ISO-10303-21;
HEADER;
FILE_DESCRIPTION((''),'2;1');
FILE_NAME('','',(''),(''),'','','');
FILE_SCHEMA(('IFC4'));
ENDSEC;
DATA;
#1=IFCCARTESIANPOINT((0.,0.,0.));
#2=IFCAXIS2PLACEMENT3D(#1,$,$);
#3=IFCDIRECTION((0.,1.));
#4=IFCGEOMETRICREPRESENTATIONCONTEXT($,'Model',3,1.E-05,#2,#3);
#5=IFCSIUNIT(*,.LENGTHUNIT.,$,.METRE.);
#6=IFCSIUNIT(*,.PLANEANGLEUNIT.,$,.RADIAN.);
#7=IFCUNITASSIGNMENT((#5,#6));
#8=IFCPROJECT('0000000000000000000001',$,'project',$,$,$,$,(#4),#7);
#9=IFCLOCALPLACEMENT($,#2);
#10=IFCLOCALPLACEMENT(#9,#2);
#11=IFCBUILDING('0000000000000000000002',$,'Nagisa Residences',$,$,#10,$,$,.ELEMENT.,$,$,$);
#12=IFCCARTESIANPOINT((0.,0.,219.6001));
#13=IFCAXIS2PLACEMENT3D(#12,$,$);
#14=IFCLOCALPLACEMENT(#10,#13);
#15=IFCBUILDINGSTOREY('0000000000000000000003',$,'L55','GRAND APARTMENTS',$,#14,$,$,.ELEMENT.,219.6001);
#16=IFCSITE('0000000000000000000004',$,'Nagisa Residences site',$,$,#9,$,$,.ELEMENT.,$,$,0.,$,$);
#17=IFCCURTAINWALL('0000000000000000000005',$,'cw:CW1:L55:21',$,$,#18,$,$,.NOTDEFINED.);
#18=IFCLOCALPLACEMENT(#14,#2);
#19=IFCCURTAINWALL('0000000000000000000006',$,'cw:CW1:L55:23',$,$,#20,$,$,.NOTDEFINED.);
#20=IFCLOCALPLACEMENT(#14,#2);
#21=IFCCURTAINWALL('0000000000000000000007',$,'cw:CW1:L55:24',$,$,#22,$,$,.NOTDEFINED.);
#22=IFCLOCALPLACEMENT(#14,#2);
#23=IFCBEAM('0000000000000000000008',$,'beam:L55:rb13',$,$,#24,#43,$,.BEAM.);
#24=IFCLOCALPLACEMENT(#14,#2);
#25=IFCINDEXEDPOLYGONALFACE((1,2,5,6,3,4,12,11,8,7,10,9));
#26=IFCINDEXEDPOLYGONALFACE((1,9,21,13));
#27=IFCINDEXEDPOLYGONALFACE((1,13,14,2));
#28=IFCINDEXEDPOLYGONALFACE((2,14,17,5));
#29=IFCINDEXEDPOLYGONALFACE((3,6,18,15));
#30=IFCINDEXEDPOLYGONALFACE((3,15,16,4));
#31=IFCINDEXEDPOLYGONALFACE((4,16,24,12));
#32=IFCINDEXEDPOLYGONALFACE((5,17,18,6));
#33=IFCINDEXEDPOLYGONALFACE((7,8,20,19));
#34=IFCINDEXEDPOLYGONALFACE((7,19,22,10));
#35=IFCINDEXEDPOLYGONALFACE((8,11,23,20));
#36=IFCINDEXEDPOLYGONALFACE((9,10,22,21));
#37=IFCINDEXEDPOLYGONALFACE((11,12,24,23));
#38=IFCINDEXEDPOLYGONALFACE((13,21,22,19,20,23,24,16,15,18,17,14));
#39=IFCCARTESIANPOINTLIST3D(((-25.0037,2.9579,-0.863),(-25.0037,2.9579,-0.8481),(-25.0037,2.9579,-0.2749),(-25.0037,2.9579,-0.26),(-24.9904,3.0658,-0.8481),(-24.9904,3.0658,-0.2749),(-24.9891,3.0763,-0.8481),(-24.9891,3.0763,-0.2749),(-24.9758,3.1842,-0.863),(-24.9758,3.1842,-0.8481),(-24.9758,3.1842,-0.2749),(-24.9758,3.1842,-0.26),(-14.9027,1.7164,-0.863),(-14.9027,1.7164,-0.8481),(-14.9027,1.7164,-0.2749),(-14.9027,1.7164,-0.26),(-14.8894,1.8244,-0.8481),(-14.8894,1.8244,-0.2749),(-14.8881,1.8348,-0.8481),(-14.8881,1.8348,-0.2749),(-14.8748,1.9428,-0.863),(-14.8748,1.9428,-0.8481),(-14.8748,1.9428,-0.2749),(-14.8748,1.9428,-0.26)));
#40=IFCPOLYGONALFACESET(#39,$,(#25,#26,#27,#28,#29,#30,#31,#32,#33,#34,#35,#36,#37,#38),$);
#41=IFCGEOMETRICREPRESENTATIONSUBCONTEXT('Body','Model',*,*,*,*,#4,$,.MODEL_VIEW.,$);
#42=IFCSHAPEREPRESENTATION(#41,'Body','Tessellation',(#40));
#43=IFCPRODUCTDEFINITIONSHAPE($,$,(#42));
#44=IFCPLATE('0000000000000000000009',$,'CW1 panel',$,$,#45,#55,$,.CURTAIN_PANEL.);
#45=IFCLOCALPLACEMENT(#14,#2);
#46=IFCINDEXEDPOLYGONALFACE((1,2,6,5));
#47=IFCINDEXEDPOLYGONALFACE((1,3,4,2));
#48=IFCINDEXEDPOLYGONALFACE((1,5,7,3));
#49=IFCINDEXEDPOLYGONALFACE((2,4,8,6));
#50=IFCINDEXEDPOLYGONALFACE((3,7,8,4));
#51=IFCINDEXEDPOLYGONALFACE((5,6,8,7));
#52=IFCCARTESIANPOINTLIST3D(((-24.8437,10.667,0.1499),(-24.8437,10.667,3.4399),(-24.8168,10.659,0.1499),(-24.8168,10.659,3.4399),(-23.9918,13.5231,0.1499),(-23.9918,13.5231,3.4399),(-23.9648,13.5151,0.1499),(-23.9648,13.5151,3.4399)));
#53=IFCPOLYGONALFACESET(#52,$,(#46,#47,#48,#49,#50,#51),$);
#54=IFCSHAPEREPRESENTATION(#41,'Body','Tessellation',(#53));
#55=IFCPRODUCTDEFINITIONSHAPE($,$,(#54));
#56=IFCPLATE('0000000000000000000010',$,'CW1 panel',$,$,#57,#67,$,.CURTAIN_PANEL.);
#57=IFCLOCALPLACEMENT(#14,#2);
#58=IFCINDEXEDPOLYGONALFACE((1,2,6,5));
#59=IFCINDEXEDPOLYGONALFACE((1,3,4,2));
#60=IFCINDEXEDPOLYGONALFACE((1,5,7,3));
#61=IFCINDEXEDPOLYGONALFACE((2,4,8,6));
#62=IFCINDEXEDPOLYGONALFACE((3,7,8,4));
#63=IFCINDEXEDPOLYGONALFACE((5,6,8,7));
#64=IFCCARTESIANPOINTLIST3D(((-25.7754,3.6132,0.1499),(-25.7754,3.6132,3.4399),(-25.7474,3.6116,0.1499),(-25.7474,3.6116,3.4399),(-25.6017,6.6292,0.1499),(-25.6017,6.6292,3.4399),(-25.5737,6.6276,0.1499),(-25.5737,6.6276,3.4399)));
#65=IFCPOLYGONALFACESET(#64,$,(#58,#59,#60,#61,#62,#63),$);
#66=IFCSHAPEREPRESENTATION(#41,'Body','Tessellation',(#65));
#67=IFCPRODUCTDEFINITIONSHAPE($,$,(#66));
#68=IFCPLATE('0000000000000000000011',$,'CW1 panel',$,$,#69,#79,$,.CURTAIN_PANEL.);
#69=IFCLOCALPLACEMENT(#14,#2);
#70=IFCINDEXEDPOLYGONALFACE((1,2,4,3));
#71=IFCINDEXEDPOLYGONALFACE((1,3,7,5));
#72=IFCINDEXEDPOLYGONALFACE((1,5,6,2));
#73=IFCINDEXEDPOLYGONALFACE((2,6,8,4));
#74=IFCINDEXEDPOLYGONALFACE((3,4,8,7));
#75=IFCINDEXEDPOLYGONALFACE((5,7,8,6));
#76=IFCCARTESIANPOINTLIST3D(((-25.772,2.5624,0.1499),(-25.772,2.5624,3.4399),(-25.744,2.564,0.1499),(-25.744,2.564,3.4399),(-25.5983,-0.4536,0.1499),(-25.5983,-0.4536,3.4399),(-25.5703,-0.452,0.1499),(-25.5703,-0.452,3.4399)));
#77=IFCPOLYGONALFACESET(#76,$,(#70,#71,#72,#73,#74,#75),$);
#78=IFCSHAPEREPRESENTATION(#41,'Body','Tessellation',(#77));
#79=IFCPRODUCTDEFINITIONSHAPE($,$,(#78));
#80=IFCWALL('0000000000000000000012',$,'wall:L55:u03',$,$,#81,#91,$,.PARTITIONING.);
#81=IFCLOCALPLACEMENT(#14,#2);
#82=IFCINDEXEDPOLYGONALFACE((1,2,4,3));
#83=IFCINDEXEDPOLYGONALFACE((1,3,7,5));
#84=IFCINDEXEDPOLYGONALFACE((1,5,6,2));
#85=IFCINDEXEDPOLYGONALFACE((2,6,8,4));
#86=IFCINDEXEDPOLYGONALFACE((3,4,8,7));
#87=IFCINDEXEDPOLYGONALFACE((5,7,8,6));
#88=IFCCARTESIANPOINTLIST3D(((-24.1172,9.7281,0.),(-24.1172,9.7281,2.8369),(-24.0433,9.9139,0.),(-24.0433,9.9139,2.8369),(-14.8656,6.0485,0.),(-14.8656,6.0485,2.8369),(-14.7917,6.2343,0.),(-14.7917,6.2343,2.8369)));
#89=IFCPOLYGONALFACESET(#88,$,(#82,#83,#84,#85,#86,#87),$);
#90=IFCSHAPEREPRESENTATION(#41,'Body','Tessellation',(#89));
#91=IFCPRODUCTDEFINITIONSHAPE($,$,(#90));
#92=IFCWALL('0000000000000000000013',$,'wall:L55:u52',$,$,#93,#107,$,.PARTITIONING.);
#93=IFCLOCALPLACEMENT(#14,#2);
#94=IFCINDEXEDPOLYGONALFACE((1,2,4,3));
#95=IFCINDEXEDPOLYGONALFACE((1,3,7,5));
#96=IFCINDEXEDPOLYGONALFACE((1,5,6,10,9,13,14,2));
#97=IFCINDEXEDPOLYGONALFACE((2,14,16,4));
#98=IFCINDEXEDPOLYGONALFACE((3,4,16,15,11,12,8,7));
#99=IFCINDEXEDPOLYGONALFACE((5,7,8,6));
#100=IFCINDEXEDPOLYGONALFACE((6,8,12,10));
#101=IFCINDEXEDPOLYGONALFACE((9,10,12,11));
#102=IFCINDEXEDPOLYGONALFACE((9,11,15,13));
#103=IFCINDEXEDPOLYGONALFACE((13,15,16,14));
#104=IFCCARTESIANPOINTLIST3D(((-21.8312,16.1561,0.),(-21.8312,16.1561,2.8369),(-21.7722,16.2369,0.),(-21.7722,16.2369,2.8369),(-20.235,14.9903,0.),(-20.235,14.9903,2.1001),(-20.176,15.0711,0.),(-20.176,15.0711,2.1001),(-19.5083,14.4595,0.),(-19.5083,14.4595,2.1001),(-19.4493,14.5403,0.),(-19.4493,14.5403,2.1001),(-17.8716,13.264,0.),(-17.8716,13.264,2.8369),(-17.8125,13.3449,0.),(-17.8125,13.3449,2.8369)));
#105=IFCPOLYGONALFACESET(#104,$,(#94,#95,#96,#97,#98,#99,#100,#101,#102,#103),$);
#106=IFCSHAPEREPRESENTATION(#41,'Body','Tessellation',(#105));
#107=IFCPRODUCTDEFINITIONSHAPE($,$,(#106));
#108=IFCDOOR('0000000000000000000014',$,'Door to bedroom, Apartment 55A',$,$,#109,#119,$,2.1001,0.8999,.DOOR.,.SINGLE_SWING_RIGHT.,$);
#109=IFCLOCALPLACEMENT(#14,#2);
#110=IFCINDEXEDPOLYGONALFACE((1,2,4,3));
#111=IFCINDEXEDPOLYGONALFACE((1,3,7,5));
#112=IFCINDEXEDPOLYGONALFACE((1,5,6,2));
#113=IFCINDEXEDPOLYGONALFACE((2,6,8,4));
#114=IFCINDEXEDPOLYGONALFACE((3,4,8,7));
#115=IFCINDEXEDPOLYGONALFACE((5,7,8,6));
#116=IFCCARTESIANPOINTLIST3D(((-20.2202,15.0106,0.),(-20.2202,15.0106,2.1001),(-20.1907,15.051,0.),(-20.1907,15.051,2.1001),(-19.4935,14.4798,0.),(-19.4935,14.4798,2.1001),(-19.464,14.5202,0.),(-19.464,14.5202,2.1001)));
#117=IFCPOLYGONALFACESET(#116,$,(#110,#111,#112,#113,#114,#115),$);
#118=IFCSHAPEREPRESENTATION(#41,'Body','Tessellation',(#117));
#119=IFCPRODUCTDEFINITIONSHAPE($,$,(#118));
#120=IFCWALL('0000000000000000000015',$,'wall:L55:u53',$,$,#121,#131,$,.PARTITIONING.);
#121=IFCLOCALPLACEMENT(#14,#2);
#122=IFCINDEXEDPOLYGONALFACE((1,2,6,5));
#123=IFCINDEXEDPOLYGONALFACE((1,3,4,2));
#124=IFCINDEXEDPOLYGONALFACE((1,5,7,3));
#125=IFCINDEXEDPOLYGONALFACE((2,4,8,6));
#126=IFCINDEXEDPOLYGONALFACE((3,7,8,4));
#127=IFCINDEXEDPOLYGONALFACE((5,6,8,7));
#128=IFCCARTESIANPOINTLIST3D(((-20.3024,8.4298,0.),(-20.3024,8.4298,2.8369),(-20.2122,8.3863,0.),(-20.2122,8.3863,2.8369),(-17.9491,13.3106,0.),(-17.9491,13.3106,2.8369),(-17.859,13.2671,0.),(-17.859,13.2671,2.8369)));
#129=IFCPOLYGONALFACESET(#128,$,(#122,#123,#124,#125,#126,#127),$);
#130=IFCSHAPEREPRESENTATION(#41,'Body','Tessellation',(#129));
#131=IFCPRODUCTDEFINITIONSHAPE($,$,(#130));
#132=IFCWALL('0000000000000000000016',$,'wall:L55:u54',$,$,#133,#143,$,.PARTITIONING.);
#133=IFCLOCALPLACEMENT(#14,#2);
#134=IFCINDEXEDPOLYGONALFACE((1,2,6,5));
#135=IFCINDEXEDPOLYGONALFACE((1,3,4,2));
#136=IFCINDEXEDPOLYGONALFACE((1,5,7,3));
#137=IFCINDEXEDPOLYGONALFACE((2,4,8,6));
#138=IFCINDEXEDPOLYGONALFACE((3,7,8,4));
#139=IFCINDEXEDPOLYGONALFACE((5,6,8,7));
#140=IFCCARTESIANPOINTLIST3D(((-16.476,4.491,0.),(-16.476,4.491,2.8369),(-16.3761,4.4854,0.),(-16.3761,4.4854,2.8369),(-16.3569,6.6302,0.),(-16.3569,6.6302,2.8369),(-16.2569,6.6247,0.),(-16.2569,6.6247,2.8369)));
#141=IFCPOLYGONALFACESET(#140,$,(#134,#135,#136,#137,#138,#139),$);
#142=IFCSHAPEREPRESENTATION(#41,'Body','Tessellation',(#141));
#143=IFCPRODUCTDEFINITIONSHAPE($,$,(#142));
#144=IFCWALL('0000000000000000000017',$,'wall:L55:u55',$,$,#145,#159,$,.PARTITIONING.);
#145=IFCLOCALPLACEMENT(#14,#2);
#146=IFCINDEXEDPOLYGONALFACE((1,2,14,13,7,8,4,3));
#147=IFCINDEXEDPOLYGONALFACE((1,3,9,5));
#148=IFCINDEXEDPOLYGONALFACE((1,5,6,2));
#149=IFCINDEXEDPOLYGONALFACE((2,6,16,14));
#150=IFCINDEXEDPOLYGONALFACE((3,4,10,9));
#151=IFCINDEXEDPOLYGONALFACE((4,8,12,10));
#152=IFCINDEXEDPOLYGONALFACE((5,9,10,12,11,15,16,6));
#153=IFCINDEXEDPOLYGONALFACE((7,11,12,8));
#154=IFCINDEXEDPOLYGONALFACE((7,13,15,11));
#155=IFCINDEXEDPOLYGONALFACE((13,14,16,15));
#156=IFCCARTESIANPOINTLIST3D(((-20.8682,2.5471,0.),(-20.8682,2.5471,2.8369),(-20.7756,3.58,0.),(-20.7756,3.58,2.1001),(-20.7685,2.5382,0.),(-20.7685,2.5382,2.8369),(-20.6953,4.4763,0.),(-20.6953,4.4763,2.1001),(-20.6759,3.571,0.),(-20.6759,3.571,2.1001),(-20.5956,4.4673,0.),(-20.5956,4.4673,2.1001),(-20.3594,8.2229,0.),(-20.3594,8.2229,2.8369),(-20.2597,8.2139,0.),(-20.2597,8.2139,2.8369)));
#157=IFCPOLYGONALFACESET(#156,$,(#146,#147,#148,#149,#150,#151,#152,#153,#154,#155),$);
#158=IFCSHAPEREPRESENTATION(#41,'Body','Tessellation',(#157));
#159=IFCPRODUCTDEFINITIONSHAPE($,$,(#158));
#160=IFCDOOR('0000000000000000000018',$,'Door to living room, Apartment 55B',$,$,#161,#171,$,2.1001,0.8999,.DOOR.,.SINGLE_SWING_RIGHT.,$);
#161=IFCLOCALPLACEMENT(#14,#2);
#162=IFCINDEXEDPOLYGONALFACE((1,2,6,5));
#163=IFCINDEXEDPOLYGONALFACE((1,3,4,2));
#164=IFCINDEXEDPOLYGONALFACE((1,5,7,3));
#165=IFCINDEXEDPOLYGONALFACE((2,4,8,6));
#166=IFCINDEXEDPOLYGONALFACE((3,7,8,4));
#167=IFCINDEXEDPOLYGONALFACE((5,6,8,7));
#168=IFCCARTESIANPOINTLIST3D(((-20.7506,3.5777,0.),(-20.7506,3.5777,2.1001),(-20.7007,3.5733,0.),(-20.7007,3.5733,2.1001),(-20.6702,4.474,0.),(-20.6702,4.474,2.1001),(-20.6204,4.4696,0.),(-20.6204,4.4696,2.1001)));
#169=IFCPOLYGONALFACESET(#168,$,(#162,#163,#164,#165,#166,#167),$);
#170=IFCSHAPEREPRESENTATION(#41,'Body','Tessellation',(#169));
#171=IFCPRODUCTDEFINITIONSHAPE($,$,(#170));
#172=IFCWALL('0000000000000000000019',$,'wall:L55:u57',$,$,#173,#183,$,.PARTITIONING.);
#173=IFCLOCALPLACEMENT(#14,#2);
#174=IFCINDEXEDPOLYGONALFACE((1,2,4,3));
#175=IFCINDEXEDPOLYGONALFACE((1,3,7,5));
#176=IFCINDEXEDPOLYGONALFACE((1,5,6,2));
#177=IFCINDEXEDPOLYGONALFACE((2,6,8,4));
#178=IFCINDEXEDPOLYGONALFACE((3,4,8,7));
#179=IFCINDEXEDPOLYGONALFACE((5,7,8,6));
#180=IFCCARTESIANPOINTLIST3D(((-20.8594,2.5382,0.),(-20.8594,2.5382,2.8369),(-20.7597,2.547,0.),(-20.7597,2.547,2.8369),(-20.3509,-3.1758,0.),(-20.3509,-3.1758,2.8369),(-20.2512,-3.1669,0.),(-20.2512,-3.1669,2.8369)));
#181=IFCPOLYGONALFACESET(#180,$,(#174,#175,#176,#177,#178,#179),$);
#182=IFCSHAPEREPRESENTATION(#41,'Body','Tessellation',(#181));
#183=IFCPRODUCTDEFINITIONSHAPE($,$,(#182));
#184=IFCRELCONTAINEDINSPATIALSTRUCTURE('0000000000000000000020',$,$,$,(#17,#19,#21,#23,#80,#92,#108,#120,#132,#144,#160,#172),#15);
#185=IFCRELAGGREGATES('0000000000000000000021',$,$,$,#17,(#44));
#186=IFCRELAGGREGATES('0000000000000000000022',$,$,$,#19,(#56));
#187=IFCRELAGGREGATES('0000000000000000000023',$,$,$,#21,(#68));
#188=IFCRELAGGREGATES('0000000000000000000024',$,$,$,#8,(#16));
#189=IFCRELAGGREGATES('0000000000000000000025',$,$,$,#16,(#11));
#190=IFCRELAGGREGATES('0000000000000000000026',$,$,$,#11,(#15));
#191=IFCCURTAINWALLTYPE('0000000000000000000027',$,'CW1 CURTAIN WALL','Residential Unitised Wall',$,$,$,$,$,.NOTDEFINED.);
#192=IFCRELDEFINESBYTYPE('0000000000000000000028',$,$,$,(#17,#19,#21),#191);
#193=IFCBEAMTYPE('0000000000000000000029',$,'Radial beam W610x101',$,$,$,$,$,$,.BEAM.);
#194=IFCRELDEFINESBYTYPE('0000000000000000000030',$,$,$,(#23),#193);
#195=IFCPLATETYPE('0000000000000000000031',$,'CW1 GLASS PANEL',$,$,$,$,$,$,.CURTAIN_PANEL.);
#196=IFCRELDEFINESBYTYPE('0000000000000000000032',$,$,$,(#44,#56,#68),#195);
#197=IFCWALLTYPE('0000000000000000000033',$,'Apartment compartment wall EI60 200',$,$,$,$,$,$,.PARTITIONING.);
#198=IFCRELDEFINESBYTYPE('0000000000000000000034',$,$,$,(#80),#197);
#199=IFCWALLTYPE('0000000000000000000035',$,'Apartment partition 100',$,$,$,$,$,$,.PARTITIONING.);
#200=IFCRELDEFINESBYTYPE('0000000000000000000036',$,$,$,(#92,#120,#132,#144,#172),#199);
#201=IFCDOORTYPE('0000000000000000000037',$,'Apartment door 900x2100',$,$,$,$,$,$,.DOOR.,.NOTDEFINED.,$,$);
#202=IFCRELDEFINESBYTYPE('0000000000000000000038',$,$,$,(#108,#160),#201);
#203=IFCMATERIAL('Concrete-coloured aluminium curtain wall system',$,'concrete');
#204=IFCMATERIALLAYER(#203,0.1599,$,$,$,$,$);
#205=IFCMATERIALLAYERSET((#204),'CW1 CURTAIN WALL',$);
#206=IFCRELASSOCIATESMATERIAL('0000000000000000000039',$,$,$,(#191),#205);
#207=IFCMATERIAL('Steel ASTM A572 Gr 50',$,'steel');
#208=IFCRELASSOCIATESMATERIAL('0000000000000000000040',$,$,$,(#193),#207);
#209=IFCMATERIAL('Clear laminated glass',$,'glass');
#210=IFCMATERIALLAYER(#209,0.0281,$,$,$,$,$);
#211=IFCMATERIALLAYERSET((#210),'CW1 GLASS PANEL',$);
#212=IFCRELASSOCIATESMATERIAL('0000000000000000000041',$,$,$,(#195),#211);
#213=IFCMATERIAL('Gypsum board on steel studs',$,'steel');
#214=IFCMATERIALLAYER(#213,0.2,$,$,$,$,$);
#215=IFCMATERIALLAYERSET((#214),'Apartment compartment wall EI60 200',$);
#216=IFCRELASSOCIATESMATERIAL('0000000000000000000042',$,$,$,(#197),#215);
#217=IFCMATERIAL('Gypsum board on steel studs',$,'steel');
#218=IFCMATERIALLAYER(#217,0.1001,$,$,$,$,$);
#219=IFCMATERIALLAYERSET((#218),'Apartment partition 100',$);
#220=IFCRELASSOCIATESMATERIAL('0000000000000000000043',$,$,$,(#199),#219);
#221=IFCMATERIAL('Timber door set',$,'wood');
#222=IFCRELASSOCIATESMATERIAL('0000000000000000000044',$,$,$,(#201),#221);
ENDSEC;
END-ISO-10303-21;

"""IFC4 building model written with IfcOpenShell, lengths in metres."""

from ifc_helpers import new_model, si_unit, direction, frame, frame_2d, origin, origin_2d, place, context, subcontext, project, spatial, rectangle, i_section, extrude, material, layer, layer_set, material_profile, profile_set, type_object, element, fill, aggregate, save


model = new_model("IFC4")

# Units and contexts
model_context = context("Model", 3, precision=1e-05, world=origin(), true_north=direction((0.0, 1.0)))
body_context = subcontext(model_context, "Body", "Model", "MODEL_VIEW")
ifc_project = project(units=[si_unit("LENGTHUNIT", "METRE"), si_unit("PLANEANGLEUNIT", "RADIAN")], contexts=[model_context])

# Site, building, storey
site_placement = place(None, origin())
site = spatial("IfcSite", under=ifc_project, at=site_placement, Name="Nagisa Residences site", CompositionType="ELEMENT", RefElevation=0.0)
building_placement = place(site_placement, origin())
building = spatial("IfcBuilding", under=site, at=building_placement, Name="Nagisa Residences", CompositionType="ELEMENT")
storey_placement = place(building_placement, frame((0.0, 0.0, 219.6001)))
storey = spatial("IfcBuildingStorey", under=building, at=storey_placement, Name="L55", Description="GRAND APARTMENTS", CompositionType="ELEMENT", Elevation=219.6001)

# Curtain walls
ifc_material_1 = material(Name="Concrete-coloured aluminium curtain wall system", Category="concrete")
ifc_layer_1 = layer(ifc_material_1, 0.1599)
ifc_layer_set_1 = layer_set([ifc_layer_1], Name="CW1 CURTAIN WALL")
curtain_wall_type = type_object("IfcCurtainWallType", Name="CW1 CURTAIN WALL", Description="Residential Unitised Wall", PredefinedType="NOTDEFINED", material=ifc_layer_set_1)
curtain_wall_1_placement = place(storey_placement, origin())
curtain_wall_1 = element("IfcCurtainWall", 1, at=curtain_wall_1_placement, inside=storey, type_object=curtain_wall_type, Name="cw:CW1:L55:21", PredefinedType="NOTDEFINED")
curtain_wall_2_placement = place(storey_placement, origin())
curtain_wall_2 = element("IfcCurtainWall", 2, at=curtain_wall_2_placement, inside=storey, type_object=curtain_wall_type, Name="cw:CW1:L55:23", PredefinedType="NOTDEFINED")
curtain_wall_3_placement = place(storey_placement, origin())
curtain_wall_3 = element("IfcCurtainWall", 3, at=curtain_wall_3_placement, inside=storey, type_object=curtain_wall_type, Name="cw:CW1:L55:24", PredefinedType="NOTDEFINED")

# Beam
ifc_material_2 = material(Name="Steel ASTM A572 Gr 50", Category="steel")
ifc_material_profile_1 = material_profile(ifc_material_2, i_section(OverallWidth=0.228, OverallDepth=0.603, WebThickness=0.0105, FlangeThickness=0.0149, at=origin_2d()), Name="W610x101")
ifc_profile_set_1 = profile_set([ifc_material_profile_1], Name="Steel ASTM A572 Gr 50")
beam_type_1 = type_object("IfcBeamType", Name="Radial beam W610x101", PredefinedType="BEAM", material=ifc_profile_set_1)
beam_1_placement = place(storey_placement, frame((-24.9897, 3.071, -0.5615), z_axis=(0.992532, -0.121985, 0.0), x_axis=(0.121985, 0.992532, 0.0)))
element("IfcBeam", 4, at=beam_1_placement, inside=storey, type_object=beam_type_1, Name="beam:L55:rb13", PredefinedType="BEAM", context=body_context, shape_type="SweptSolid", body=[
    extrude(i_section(OverallWidth=0.228, OverallDepth=0.603, WebThickness=0.0105, FlangeThickness=0.0149, at=origin_2d()), origin(), (0.0, 0.0, 1.0), 10.177),
])

# Plates
ifc_material_3 = material(Name="Clear laminated glass", Category="glass")
ifc_layer_2 = layer(ifc_material_3, 0.0281)
ifc_layer_set_2 = layer_set([ifc_layer_2], Name="CW1 GLASS PANEL")
plate_type = type_object("IfcPlateType", Name="CW1 GLASS PANEL", PredefinedType="CURTAIN_PANEL", material=ifc_layer_set_2)
plate_1_placement = place(storey_placement, frame((-24.4043, 12.0911, 0.1499), z_axis=(0.0, 0.0, 1.0), x_axis=(-0.28586, -0.958271, 0.0)))
plate_1 = element("IfcPlate", 5, at=plate_1_placement, type_object=plate_type, Name="CW1 panel", PredefinedType="CURTAIN_PANEL", context=body_context, shape_type="SweptSolid", body=[
    extrude(rectangle(XDim=2.9805, YDim=0.0281, at=origin_2d()), origin(), (0.0, 0.0, 1.0), 3.29),
])
aggregate(curtain_wall_1, [plate_1])
plate_2_placement = place(storey_placement, frame((-25.6746, 5.1204, 0.1499), z_axis=(0.0, 0.0, 1.0), x_axis=(-0.057503, -0.998345, 0.0)))
plate_2 = element("IfcPlate", 6, at=plate_2_placement, type_object=plate_type, Name="CW1 panel", PredefinedType="CURTAIN_PANEL", context=body_context, shape_type="SweptSolid", body=[
    extrude(rectangle(XDim=3.021, YDim=0.0281, at=origin_2d()), origin(), (0.0, 0.0, 1.0), 3.29),
])
aggregate(curtain_wall_2, [plate_2])
plate_3_placement = place(storey_placement, frame((-25.6711, 1.0552, 0.1499), z_axis=(0.0, 0.0, 1.0), x_axis=(0.057503, -0.998345, 0.0)))
plate_3 = element("IfcPlate", 7, at=plate_3_placement, type_object=plate_type, Name="CW1 panel", PredefinedType="CURTAIN_PANEL", context=body_context, shape_type="SweptSolid", body=[
    extrude(rectangle(XDim=3.021, YDim=0.0281, at=origin_2d()), origin(), (0.0, 0.0, 1.0), 3.29),
])
aggregate(curtain_wall_3, [plate_3])

# Wall
ifc_material_4 = material(Name="Gypsum board on steel studs", Category="steel")
ifc_layer_3 = layer(ifc_material_4, 0.2)
ifc_layer_set_3 = layer_set([ifc_layer_3], Name="Apartment compartment wall EI60 200")
wall_type_1 = type_object("IfcWallType", Name="Apartment compartment wall EI60 200", PredefinedType="PARTITIONING", material=ifc_layer_set_3)
wall_1_placement = place(storey_placement, frame((-14.8286, 6.1414, 0.0), z_axis=(0.0, 0.0, 1.0), x_axis=(-0.929202, 0.369572, 0.0)))
element("IfcWall", 8, at=wall_1_placement, inside=storey, type_object=wall_type_1, Name="wall:L55:u03", PredefinedType="PARTITIONING", context=body_context, shape_type="SweptSolid", body=[
    extrude(rectangle(XDim=9.9565, YDim=0.2, at=frame_2d((4.9783, 0.0))), origin(), (0.0, 0.0, 1.0), 2.8369),
])

# Wall, opening, door
ifc_material_5 = material(Name="Gypsum board on steel studs", Category="steel")
ifc_layer_4 = layer(ifc_material_5, 0.1001)
ifc_layer_set_4 = layer_set([ifc_layer_4], Name="Apartment partition 100")
wall_type_2 = type_object("IfcWallType", Name="Apartment partition 100", PredefinedType="PARTITIONING", material=ifc_layer_set_4)
wall_2_placement = place(storey_placement, frame((-17.842, 13.3044, 0.0), z_axis=(0.0, 0.0, 1.0), x_axis=(-0.807542, 0.589811, 0.0)))
wall_2 = element("IfcWall", 9, at=wall_2_placement, inside=storey, type_object=wall_type_2, Name="wall:L55:u52", PredefinedType="PARTITIONING", context=body_context, shape_type="SweptSolid", body=[
    extrude(rectangle(XDim=4.9033, YDim=0.1001, at=frame_2d((2.4517, 0.0))), origin(), (0.0, 0.0, 1.0), 2.8369),
])
opening_1_placement = place(wall_2_placement, frame((2.0269, 0.0, 0.0)))
opening_1 = element("IfcOpeningElement", 10, at=opening_1_placement, cuts=wall_2, PredefinedType="OPENING", context=body_context, shape_type="SweptSolid", body=[
    extrude(rectangle(XDim=0.8999, YDim=2.1001, at=frame_2d((0.45, 1.05))), frame((0.0, 0.0601, 0.0), z_axis=(0.0, -1.0, 0.0), x_axis=(1.0, 0.0, 0.0)), (0.0, 0.0, 1.0), 0.1201),
])
ifc_material_6 = material(Name="Timber door set", Category="wood")
door_type_1 = type_object("IfcDoorType", Name="Apartment door 900x2100", OperationType="NOTDEFINED", PredefinedType="DOOR", material=ifc_material_6)
door_1_placement = place(opening_1_placement, origin())
door_1 = element("IfcDoor", 11, at=door_1_placement, inside=storey, type_object=door_type_1, Name="Door to bedroom, Apartment 55A", OperationType="SINGLE_SWING_RIGHT", OverallHeight=2.1001, OverallWidth=0.8999, PredefinedType="DOOR", context=body_context, shape_type="SweptSolid", body=[
    extrude(rectangle(XDim=0.8999, YDim=2.1001, at=frame_2d((0.45, 1.05))), frame((0.0, 0.0249, 0.0), z_axis=(0.0, -1.0, 0.0), x_axis=(1.0, 0.0, 0.0)), (0.0, 0.0, 1.0), 0.05),
])
fill(opening_1, door_1)

# Walls
wall_3_placement = place(storey_placement, frame((-17.9041, 13.2888, 0.0), z_axis=(0.0, 0.0, 1.0), x_axis=(-0.434299, -0.900769, 0.0)))
element("IfcWall", 12, at=wall_3_placement, inside=storey, type_object=wall_type_2, Name="wall:L55:u53", PredefinedType="PARTITIONING", context=body_context, shape_type="SweptSolid", body=[
    extrude(rectangle(XDim=5.4185, YDim=0.1001, at=frame_2d((2.7092, 0.0))), origin(), (0.0, 0.0, 1.0), 2.8369),
])
wall_4_placement = place(storey_placement, frame((-16.3069, 6.6274, 0.0), z_axis=(0.0, 0.0, 1.0), x_axis=(-0.055609, -0.998453, 0.0)))
element("IfcWall", 13, at=wall_4_placement, inside=storey, type_object=wall_type_2, Name="wall:L55:u54", PredefinedType="PARTITIONING", context=body_context, shape_type="SweptSolid", body=[
    extrude(rectangle(XDim=2.1426, YDim=0.1001, at=frame_2d((1.0713, 0.0))), origin(), (0.0, 0.0, 1.0), 2.8369),
])

# Wall, opening, door
wall_5_placement = place(storey_placement, frame((-20.3096, 8.2183, 0.0), z_axis=(0.0, 0.0, 1.0), x_axis=(-0.089284, -0.996006, 0.0)))
wall_5 = element("IfcWall", 14, at=wall_5_placement, inside=storey, type_object=wall_type_2, Name="wall:L55:u55", PredefinedType="PARTITIONING", context=body_context, shape_type="SweptSolid", body=[
    extrude(rectangle(XDim=5.6985, YDim=0.1001, at=frame_2d((2.8491, 0.0))), origin(), (0.0, 0.0, 1.0), 2.8369),
])
opening_2_placement = place(wall_5_placement, frame((3.7615, 0.0, 0.0)))
opening_2 = element("IfcOpeningElement", 15, at=opening_2_placement, cuts=wall_5, PredefinedType="OPENING", context=body_context, shape_type="SweptSolid", body=[
    extrude(rectangle(XDim=0.8999, YDim=2.1001, at=frame_2d((0.45, 1.05))), frame((0.0, 0.0601, 0.0), z_axis=(0.0, -1.0, 0.0), x_axis=(1.0, 0.0, 0.0)), (0.0, 0.0, 1.0), 0.1201),
])
door_2_placement = place(opening_2_placement, frame((0.8999, 0.0, 0.0), x_axis=(-1.0, 0.0, 0.0)))
door_2 = element("IfcDoor", 16, at=door_2_placement, inside=storey, type_object=door_type_1, Name="Door to living room, Apartment 55B", OperationType="SINGLE_SWING_RIGHT", OverallHeight=2.1001, OverallWidth=0.8999, PredefinedType="DOOR", context=body_context, shape_type="SweptSolid", body=[
    extrude(rectangle(XDim=0.8999, YDim=2.1001, at=frame_2d((0.45, 1.05))), frame((0.0, 0.0249, 0.0), z_axis=(0.0, -1.0, 0.0), x_axis=(1.0, 0.0, 0.0)), (0.0, 0.0, 1.0), 0.05),
])
fill(opening_2, door_2)

# Wall
wall_6_placement = place(storey_placement, frame((-20.8096, 2.5425, 0.0), z_axis=(0.0, 0.0, 1.0), x_axis=(0.088651, -0.996063, 0.0)))
element("IfcWall", 17, at=wall_6_placement, inside=storey, type_object=wall_type_2, Name="wall:L55:u57", PredefinedType="PARTITIONING", context=body_context, shape_type="SweptSolid", body=[
    extrude(rectangle(XDim=5.7366, YDim=0.1001, at=frame_2d((2.8682, 0.0))), origin(), (0.0, 0.0, 1.0), 2.8369),
])

save(model, "model.ifc")
